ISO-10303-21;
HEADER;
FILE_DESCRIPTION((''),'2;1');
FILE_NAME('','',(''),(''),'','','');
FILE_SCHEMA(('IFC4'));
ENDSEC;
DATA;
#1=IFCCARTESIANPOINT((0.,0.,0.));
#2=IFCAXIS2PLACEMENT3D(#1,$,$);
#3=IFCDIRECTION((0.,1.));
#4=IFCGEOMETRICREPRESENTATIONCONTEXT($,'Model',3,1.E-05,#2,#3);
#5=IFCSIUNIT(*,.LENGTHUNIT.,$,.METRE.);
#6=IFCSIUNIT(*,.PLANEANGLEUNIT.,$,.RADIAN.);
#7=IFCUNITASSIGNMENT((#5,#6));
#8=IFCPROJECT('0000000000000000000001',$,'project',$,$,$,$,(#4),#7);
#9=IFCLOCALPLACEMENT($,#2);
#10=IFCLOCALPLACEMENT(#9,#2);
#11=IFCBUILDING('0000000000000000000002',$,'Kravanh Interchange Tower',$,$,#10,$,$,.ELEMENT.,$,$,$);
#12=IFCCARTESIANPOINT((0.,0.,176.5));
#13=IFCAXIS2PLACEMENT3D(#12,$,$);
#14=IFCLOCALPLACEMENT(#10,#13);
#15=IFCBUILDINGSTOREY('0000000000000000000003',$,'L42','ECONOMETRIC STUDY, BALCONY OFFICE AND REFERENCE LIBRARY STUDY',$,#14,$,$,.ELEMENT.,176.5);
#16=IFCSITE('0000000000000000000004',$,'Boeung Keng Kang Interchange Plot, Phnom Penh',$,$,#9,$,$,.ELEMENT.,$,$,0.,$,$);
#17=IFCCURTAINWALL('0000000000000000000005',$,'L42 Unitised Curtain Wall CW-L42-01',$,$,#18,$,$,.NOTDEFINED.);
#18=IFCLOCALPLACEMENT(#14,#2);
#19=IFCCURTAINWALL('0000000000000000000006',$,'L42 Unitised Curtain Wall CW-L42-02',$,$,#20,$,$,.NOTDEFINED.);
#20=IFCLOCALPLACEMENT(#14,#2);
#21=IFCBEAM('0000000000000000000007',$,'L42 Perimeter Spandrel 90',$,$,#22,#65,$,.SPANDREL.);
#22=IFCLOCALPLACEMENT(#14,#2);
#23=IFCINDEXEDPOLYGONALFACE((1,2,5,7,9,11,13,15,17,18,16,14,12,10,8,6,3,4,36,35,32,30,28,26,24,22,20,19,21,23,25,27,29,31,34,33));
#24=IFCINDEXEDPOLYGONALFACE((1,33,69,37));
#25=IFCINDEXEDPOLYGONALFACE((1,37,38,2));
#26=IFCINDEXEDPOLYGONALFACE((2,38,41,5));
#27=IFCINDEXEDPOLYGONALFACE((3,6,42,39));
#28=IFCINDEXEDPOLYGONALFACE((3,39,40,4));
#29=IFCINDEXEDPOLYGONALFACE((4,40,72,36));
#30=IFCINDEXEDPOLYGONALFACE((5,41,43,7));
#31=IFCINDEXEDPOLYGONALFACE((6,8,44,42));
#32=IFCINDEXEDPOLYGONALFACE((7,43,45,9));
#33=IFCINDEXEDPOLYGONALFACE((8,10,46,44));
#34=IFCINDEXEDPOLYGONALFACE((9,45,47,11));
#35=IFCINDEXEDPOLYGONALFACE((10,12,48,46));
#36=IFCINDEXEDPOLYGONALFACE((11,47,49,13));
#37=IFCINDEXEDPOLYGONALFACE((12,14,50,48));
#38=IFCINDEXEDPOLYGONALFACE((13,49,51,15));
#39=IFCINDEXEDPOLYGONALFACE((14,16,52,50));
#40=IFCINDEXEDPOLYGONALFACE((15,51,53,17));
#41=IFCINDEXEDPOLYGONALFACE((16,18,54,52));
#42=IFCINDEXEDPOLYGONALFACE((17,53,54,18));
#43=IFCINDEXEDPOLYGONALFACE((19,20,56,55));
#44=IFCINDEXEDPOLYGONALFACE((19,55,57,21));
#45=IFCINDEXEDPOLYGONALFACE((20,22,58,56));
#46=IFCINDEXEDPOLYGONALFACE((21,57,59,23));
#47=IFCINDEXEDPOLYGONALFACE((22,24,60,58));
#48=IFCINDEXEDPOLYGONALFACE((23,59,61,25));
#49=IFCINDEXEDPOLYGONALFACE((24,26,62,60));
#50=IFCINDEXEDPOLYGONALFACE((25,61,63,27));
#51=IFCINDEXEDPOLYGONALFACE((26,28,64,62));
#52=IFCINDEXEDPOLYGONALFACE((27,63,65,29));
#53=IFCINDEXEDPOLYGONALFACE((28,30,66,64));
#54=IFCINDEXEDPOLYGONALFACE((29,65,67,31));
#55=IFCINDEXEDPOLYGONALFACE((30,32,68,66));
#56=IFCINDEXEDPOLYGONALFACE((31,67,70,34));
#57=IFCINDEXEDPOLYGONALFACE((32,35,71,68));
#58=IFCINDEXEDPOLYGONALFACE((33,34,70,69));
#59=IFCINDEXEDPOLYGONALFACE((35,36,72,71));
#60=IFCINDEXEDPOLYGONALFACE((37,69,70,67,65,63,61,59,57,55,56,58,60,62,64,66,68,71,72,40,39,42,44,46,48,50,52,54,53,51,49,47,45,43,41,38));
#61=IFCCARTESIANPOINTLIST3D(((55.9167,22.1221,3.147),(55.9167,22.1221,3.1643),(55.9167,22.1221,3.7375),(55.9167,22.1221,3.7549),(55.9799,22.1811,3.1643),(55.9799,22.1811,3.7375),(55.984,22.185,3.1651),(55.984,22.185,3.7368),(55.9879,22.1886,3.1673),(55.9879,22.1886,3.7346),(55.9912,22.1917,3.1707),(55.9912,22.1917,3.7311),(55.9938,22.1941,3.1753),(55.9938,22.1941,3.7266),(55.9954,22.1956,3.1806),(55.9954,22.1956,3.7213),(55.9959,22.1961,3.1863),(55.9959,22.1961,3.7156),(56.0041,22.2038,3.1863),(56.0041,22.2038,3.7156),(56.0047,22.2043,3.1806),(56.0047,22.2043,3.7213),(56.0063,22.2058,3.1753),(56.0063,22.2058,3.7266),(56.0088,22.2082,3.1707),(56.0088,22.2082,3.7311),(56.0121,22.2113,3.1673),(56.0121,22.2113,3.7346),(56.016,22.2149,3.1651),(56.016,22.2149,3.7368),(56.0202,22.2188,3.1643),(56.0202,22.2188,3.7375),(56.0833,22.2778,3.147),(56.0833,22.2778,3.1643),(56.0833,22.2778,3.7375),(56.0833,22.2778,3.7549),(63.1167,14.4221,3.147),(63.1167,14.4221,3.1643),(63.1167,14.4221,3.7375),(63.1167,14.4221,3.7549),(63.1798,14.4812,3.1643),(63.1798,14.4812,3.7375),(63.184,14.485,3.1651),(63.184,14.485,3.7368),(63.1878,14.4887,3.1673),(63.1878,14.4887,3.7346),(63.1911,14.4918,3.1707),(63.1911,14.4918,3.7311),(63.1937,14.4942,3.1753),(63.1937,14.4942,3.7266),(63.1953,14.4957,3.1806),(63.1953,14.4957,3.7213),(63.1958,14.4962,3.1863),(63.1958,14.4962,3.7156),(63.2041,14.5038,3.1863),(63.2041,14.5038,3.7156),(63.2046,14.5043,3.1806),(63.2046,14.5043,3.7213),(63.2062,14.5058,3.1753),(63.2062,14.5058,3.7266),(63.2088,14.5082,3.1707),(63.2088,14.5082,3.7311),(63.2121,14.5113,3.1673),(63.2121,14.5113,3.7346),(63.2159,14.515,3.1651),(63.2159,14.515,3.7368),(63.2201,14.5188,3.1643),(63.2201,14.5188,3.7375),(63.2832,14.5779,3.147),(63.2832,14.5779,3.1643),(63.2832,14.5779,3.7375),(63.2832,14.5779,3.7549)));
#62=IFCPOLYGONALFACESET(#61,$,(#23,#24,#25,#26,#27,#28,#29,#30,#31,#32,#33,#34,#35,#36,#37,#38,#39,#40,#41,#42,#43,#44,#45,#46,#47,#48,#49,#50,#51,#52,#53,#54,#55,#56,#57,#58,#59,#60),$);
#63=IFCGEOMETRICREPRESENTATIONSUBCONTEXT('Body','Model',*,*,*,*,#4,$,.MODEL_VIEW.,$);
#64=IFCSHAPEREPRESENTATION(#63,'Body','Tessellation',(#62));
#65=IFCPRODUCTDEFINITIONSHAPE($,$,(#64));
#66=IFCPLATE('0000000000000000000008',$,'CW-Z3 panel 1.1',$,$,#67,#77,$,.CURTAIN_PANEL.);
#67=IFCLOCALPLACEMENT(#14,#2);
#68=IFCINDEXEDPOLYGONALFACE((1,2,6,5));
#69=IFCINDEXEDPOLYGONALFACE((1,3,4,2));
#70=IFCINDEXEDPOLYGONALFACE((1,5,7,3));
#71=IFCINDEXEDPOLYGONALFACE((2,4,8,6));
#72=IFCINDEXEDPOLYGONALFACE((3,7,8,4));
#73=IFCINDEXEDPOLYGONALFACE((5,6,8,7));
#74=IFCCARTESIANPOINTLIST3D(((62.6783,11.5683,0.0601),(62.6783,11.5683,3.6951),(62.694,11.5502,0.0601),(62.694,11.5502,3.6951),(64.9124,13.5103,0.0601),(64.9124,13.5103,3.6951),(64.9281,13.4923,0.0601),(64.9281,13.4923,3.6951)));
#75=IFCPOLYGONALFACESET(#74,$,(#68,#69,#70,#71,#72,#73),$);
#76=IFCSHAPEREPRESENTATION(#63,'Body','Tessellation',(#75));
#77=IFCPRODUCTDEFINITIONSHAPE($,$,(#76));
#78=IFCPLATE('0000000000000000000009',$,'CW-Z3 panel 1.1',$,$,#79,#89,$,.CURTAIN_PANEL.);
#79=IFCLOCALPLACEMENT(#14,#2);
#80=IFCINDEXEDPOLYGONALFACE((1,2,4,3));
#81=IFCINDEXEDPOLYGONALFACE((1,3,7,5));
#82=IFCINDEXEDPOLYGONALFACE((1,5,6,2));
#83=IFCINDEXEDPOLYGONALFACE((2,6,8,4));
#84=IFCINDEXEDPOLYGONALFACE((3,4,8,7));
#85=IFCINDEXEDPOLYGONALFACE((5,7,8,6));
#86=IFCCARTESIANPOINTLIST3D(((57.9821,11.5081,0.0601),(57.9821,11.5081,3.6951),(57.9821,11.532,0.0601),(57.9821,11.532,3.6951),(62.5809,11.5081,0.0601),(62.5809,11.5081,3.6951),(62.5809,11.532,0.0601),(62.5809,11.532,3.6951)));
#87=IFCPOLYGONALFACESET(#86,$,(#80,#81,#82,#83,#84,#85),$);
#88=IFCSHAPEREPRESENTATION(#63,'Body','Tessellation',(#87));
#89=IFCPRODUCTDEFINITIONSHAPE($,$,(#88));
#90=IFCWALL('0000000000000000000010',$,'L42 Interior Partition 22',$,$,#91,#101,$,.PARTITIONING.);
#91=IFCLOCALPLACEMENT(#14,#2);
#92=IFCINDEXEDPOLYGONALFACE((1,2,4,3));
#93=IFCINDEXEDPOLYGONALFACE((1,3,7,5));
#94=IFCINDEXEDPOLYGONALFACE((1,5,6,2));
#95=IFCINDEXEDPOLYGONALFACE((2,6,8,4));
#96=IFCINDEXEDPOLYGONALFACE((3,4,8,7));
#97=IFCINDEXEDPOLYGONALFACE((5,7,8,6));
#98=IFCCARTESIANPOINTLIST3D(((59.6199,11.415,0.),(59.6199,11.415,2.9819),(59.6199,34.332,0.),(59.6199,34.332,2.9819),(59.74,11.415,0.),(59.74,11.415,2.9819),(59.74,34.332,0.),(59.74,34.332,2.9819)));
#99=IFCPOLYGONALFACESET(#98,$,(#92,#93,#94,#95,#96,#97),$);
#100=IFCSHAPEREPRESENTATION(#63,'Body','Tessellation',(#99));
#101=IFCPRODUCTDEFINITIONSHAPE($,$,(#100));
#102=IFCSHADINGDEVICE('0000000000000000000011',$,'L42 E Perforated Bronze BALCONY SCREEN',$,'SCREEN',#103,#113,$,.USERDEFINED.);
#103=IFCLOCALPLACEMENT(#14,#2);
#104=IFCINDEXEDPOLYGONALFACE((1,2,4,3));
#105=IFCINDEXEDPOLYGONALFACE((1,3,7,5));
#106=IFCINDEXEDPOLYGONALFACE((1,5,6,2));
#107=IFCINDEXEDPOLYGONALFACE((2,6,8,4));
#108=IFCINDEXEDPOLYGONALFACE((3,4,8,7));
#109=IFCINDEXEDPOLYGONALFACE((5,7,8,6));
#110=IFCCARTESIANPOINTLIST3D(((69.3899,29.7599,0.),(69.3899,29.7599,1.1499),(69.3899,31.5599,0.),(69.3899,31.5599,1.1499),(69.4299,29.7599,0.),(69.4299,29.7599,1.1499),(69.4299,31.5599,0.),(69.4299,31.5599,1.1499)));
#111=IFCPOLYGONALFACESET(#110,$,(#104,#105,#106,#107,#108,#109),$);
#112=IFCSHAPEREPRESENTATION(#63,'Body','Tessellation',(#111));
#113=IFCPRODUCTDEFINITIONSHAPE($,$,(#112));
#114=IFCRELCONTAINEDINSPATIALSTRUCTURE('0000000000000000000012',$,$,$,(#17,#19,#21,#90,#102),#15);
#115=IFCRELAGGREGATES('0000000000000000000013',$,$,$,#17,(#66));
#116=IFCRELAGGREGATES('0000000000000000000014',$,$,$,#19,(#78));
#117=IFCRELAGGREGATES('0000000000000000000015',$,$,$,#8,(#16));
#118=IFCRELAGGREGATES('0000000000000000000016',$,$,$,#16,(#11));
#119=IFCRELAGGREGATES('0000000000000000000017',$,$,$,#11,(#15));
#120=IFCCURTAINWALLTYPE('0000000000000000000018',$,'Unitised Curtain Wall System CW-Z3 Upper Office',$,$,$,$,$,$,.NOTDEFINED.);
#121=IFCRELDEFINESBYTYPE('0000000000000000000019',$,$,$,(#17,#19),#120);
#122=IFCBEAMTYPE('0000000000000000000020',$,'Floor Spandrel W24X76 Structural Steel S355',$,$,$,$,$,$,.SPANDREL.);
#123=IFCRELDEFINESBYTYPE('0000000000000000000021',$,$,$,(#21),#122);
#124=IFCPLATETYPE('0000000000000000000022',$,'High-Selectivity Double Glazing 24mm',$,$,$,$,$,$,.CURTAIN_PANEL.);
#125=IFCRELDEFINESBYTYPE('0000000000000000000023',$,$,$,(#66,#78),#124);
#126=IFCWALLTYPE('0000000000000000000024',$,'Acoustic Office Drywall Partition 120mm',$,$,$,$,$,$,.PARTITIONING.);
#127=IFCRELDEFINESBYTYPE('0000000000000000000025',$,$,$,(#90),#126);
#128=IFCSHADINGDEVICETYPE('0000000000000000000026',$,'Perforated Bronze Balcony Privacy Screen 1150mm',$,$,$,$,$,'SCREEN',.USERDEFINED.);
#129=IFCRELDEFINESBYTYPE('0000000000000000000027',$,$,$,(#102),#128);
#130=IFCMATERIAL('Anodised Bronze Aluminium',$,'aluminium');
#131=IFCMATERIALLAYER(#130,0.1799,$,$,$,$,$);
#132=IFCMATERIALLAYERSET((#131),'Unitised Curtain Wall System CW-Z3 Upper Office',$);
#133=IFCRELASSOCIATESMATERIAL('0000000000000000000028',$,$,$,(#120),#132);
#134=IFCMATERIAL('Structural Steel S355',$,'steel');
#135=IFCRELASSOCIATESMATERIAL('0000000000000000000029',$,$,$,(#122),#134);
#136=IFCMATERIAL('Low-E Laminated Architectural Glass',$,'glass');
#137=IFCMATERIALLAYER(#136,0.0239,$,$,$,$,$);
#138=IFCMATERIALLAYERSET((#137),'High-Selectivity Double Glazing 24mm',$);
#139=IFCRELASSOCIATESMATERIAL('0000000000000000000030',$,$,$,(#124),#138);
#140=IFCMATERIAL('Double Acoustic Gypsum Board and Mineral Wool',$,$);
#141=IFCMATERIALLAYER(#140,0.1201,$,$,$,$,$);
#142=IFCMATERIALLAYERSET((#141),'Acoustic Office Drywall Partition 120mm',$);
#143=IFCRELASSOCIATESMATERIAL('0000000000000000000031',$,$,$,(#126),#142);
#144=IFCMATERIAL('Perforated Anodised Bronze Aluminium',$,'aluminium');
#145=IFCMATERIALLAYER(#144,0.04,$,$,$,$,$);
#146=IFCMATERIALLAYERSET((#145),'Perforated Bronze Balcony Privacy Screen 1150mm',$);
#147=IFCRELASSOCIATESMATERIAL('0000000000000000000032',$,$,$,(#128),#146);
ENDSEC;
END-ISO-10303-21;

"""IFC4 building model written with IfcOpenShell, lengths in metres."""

from ifc_helpers import new_model, si_unit, direction, frame, frame_2d, origin, origin_2d, place, context, subcontext, project, spatial, rectangle, i_section, extrude, material, layer, layer_set, material_profile, profile_set, type_object, element, aggregate, save


model = new_model("IFC4")

# Units and contexts
model_context = context("Model", 3, precision=1e-05, world=origin(), true_north=direction((0.0, 1.0)))
body_context = subcontext(model_context, "Body", "Model", "MODEL_VIEW")
ifc_project = project(units=[si_unit("LENGTHUNIT", "METRE"), si_unit("PLANEANGLEUNIT", "RADIAN")], contexts=[model_context])

# Site, building, storey
site_placement = place(None, origin())
site = spatial("IfcSite", under=ifc_project, at=site_placement, Name="Boeung Keng Kang Interchange Plot, Phnom Penh", CompositionType="ELEMENT", RefElevation=0.0)
building_placement = place(site_placement, origin())
building = spatial("IfcBuilding", under=site, at=building_placement, Name="Kravanh Interchange Tower", CompositionType="ELEMENT")
storey_placement = place(building_placement, frame((0.0, 0.0, 176.5)))
storey = spatial("IfcBuildingStorey", under=building, at=storey_placement, Name="L42", Description="ECONOMETRIC STUDY, BALCONY OFFICE AND REFERENCE LIBRARY STUDY", CompositionType="ELEMENT", Elevation=176.5)

# Curtain walls
ifc_material_1 = material(Name="Anodised Bronze Aluminium", Category="aluminium")
ifc_layer_1 = layer(ifc_material_1, 0.1799)
ifc_layer_set_1 = layer_set([ifc_layer_1], Name="Unitised Curtain Wall System CW-Z3 Upper Office")
curtain_wall_type = type_object("IfcCurtainWallType", Name="Unitised Curtain Wall System CW-Z3 Upper Office", PredefinedType="NOTDEFINED", material=ifc_layer_set_1)
curtain_wall_1_placement = place(storey_placement, origin())
curtain_wall_1 = element("IfcCurtainWall", 1, at=curtain_wall_1_placement, inside=storey, type_object=curtain_wall_type, Name="L42 Unitised Curtain Wall CW-L42-01", PredefinedType="NOTDEFINED")
curtain_wall_2_placement = place(storey_placement, origin())
curtain_wall_2 = element("IfcCurtainWall", 2, at=curtain_wall_2_placement, inside=storey, type_object=curtain_wall_type, Name="L42 Unitised Curtain Wall CW-L42-02", PredefinedType="NOTDEFINED")

# Beam
ifc_material_2 = material(Name="Structural Steel S355", Category="steel")
ifc_material_profile_1 = material_profile(ifc_material_2, i_section(OverallWidth=0.228, OverallDepth=0.6079, WebThickness=0.0112, FlangeThickness=0.0173, FilletRadius=0.022, at=origin_2d()), Name="W24X76")
ifc_profile_set_1 = profile_set([ifc_material_profile_1], Name="Structural Steel S355")
beam_type_1 = type_object("IfcBeamType", Name="Floor Spandrel W24X76 Structural Steel S355", PredefinedType="SPANDREL", material=ifc_profile_set_1)
beam_1_placement = place(storey_placement, frame((63.2, 14.5, 3.4509), z_axis=(-0.682994, 0.730424, 0.0), x_axis=(-0.730424, -0.682994, 0.0)))
element("IfcBeam", 3, at=beam_1_placement, inside=storey, type_object=beam_type_1, Name="L42 Perimeter Spandrel 90", PredefinedType="SPANDREL", context=body_context, shape_type="SweptSolid", body=[
    extrude(i_section(OverallWidth=0.228, OverallDepth=0.6079, WebThickness=0.0112, FlangeThickness=0.0173, FilletRadius=0.022, at=origin_2d()), origin(), (0.0, 0.0, 1.0), 10.5417),
])

# Plates
ifc_material_3 = material(Name="Low-E Laminated Architectural Glass", Category="glass")
ifc_layer_2 = layer(ifc_material_3, 0.0239)
ifc_layer_set_2 = layer_set([ifc_layer_2], Name="High-Selectivity Double Glazing 24mm")
plate_type = type_object("IfcPlateType", Name="High-Selectivity Double Glazing 24mm", PredefinedType="CURTAIN_PANEL", material=ifc_layer_set_2)
plate_1_placement = place(storey_placement, frame((63.8032, 12.5303, 0.0601), z_axis=(0.0, 0.0, 1.0), x_axis=(-0.754717, -0.656051, 0.0)))
plate_1 = element("IfcPlate", 4, at=plate_1_placement, type_object=plate_type, Name="CW-Z3 panel 1.1", PredefinedType="CURTAIN_PANEL", context=body_context, shape_type="SweptSolid", body=[
    extrude(rectangle(XDim=2.9602, YDim=0.0239, at=origin_2d()), origin(), (0.0, 0.0, 1.0), 3.635),
])
aggregate(curtain_wall_1, [plate_1])
plate_2_placement = place(storey_placement, frame((60.2815, 11.52, 0.0601), z_axis=(0.0, 0.0, 1.0), x_axis=(-1.0, 0.0, 0.0)))
plate_2 = element("IfcPlate", 5, at=plate_2_placement, type_object=plate_type, Name="CW-Z3 panel 1.1", PredefinedType="CURTAIN_PANEL", context=body_context, shape_type="SweptSolid", body=[
    extrude(rectangle(XDim=4.5989, YDim=0.0239, at=origin_2d()), origin(), (0.0, 0.0, 1.0), 3.635),
])
aggregate(curtain_wall_2, [plate_2])

# Wall
ifc_material_4 = material(Name="Double Acoustic Gypsum Board and Mineral Wool")
ifc_layer_3 = layer(ifc_material_4, 0.1201)
ifc_layer_set_3 = layer_set([ifc_layer_3], Name="Acoustic Office Drywall Partition 120mm")
wall_type = type_object("IfcWallType", Name="Acoustic Office Drywall Partition 120mm", PredefinedType="PARTITIONING", material=ifc_layer_set_3)
wall_placement = place(storey_placement, frame((59.6799, 11.415, 0.0), z_axis=(0.0, 0.0, 1.0), x_axis=(0.0, 1.0, 0.0)))
element("IfcWall", 6, at=wall_placement, inside=storey, type_object=wall_type, Name="L42 Interior Partition 22", PredefinedType="PARTITIONING", context=body_context, shape_type="SweptSolid", body=[
    extrude(rectangle(XDim=22.917, YDim=0.1201, at=frame_2d((11.4585, 0.0))), origin(), (0.0, 0.0, 1.0), 2.9819),
])

# Shading device
ifc_material_5 = material(Name="Perforated Anodised Bronze Aluminium", Category="aluminium")
ifc_layer_4 = layer(ifc_material_5, 0.04)
ifc_layer_set_4 = layer_set([ifc_layer_4], Name="Perforated Bronze Balcony Privacy Screen 1150mm")
shading_device_type = type_object("IfcShadingDeviceType", Name="Perforated Bronze Balcony Privacy Screen 1150mm", ElementType="SCREEN", PredefinedType="USERDEFINED", material=ifc_layer_set_4)
shading_device_placement = place(storey_placement, frame((69.4099, 30.6599, 0.0), z_axis=(0.0, 0.0, 1.0), x_axis=(1.0, 0.0, 0.0)))
element("IfcShadingDevice", 7, at=shading_device_placement, inside=storey, type_object=shading_device_type, Name="L42 E Perforated Bronze BALCONY SCREEN", ObjectType="SCREEN", PredefinedType="USERDEFINED", context=body_context, shape_type="SweptSolid", body=[
    extrude(rectangle(XDim=0.04, YDim=1.8, at=origin_2d()), origin(), (0.0, 0.0, 1.0), 1.1499),
])

save(model, "model.ifc")
